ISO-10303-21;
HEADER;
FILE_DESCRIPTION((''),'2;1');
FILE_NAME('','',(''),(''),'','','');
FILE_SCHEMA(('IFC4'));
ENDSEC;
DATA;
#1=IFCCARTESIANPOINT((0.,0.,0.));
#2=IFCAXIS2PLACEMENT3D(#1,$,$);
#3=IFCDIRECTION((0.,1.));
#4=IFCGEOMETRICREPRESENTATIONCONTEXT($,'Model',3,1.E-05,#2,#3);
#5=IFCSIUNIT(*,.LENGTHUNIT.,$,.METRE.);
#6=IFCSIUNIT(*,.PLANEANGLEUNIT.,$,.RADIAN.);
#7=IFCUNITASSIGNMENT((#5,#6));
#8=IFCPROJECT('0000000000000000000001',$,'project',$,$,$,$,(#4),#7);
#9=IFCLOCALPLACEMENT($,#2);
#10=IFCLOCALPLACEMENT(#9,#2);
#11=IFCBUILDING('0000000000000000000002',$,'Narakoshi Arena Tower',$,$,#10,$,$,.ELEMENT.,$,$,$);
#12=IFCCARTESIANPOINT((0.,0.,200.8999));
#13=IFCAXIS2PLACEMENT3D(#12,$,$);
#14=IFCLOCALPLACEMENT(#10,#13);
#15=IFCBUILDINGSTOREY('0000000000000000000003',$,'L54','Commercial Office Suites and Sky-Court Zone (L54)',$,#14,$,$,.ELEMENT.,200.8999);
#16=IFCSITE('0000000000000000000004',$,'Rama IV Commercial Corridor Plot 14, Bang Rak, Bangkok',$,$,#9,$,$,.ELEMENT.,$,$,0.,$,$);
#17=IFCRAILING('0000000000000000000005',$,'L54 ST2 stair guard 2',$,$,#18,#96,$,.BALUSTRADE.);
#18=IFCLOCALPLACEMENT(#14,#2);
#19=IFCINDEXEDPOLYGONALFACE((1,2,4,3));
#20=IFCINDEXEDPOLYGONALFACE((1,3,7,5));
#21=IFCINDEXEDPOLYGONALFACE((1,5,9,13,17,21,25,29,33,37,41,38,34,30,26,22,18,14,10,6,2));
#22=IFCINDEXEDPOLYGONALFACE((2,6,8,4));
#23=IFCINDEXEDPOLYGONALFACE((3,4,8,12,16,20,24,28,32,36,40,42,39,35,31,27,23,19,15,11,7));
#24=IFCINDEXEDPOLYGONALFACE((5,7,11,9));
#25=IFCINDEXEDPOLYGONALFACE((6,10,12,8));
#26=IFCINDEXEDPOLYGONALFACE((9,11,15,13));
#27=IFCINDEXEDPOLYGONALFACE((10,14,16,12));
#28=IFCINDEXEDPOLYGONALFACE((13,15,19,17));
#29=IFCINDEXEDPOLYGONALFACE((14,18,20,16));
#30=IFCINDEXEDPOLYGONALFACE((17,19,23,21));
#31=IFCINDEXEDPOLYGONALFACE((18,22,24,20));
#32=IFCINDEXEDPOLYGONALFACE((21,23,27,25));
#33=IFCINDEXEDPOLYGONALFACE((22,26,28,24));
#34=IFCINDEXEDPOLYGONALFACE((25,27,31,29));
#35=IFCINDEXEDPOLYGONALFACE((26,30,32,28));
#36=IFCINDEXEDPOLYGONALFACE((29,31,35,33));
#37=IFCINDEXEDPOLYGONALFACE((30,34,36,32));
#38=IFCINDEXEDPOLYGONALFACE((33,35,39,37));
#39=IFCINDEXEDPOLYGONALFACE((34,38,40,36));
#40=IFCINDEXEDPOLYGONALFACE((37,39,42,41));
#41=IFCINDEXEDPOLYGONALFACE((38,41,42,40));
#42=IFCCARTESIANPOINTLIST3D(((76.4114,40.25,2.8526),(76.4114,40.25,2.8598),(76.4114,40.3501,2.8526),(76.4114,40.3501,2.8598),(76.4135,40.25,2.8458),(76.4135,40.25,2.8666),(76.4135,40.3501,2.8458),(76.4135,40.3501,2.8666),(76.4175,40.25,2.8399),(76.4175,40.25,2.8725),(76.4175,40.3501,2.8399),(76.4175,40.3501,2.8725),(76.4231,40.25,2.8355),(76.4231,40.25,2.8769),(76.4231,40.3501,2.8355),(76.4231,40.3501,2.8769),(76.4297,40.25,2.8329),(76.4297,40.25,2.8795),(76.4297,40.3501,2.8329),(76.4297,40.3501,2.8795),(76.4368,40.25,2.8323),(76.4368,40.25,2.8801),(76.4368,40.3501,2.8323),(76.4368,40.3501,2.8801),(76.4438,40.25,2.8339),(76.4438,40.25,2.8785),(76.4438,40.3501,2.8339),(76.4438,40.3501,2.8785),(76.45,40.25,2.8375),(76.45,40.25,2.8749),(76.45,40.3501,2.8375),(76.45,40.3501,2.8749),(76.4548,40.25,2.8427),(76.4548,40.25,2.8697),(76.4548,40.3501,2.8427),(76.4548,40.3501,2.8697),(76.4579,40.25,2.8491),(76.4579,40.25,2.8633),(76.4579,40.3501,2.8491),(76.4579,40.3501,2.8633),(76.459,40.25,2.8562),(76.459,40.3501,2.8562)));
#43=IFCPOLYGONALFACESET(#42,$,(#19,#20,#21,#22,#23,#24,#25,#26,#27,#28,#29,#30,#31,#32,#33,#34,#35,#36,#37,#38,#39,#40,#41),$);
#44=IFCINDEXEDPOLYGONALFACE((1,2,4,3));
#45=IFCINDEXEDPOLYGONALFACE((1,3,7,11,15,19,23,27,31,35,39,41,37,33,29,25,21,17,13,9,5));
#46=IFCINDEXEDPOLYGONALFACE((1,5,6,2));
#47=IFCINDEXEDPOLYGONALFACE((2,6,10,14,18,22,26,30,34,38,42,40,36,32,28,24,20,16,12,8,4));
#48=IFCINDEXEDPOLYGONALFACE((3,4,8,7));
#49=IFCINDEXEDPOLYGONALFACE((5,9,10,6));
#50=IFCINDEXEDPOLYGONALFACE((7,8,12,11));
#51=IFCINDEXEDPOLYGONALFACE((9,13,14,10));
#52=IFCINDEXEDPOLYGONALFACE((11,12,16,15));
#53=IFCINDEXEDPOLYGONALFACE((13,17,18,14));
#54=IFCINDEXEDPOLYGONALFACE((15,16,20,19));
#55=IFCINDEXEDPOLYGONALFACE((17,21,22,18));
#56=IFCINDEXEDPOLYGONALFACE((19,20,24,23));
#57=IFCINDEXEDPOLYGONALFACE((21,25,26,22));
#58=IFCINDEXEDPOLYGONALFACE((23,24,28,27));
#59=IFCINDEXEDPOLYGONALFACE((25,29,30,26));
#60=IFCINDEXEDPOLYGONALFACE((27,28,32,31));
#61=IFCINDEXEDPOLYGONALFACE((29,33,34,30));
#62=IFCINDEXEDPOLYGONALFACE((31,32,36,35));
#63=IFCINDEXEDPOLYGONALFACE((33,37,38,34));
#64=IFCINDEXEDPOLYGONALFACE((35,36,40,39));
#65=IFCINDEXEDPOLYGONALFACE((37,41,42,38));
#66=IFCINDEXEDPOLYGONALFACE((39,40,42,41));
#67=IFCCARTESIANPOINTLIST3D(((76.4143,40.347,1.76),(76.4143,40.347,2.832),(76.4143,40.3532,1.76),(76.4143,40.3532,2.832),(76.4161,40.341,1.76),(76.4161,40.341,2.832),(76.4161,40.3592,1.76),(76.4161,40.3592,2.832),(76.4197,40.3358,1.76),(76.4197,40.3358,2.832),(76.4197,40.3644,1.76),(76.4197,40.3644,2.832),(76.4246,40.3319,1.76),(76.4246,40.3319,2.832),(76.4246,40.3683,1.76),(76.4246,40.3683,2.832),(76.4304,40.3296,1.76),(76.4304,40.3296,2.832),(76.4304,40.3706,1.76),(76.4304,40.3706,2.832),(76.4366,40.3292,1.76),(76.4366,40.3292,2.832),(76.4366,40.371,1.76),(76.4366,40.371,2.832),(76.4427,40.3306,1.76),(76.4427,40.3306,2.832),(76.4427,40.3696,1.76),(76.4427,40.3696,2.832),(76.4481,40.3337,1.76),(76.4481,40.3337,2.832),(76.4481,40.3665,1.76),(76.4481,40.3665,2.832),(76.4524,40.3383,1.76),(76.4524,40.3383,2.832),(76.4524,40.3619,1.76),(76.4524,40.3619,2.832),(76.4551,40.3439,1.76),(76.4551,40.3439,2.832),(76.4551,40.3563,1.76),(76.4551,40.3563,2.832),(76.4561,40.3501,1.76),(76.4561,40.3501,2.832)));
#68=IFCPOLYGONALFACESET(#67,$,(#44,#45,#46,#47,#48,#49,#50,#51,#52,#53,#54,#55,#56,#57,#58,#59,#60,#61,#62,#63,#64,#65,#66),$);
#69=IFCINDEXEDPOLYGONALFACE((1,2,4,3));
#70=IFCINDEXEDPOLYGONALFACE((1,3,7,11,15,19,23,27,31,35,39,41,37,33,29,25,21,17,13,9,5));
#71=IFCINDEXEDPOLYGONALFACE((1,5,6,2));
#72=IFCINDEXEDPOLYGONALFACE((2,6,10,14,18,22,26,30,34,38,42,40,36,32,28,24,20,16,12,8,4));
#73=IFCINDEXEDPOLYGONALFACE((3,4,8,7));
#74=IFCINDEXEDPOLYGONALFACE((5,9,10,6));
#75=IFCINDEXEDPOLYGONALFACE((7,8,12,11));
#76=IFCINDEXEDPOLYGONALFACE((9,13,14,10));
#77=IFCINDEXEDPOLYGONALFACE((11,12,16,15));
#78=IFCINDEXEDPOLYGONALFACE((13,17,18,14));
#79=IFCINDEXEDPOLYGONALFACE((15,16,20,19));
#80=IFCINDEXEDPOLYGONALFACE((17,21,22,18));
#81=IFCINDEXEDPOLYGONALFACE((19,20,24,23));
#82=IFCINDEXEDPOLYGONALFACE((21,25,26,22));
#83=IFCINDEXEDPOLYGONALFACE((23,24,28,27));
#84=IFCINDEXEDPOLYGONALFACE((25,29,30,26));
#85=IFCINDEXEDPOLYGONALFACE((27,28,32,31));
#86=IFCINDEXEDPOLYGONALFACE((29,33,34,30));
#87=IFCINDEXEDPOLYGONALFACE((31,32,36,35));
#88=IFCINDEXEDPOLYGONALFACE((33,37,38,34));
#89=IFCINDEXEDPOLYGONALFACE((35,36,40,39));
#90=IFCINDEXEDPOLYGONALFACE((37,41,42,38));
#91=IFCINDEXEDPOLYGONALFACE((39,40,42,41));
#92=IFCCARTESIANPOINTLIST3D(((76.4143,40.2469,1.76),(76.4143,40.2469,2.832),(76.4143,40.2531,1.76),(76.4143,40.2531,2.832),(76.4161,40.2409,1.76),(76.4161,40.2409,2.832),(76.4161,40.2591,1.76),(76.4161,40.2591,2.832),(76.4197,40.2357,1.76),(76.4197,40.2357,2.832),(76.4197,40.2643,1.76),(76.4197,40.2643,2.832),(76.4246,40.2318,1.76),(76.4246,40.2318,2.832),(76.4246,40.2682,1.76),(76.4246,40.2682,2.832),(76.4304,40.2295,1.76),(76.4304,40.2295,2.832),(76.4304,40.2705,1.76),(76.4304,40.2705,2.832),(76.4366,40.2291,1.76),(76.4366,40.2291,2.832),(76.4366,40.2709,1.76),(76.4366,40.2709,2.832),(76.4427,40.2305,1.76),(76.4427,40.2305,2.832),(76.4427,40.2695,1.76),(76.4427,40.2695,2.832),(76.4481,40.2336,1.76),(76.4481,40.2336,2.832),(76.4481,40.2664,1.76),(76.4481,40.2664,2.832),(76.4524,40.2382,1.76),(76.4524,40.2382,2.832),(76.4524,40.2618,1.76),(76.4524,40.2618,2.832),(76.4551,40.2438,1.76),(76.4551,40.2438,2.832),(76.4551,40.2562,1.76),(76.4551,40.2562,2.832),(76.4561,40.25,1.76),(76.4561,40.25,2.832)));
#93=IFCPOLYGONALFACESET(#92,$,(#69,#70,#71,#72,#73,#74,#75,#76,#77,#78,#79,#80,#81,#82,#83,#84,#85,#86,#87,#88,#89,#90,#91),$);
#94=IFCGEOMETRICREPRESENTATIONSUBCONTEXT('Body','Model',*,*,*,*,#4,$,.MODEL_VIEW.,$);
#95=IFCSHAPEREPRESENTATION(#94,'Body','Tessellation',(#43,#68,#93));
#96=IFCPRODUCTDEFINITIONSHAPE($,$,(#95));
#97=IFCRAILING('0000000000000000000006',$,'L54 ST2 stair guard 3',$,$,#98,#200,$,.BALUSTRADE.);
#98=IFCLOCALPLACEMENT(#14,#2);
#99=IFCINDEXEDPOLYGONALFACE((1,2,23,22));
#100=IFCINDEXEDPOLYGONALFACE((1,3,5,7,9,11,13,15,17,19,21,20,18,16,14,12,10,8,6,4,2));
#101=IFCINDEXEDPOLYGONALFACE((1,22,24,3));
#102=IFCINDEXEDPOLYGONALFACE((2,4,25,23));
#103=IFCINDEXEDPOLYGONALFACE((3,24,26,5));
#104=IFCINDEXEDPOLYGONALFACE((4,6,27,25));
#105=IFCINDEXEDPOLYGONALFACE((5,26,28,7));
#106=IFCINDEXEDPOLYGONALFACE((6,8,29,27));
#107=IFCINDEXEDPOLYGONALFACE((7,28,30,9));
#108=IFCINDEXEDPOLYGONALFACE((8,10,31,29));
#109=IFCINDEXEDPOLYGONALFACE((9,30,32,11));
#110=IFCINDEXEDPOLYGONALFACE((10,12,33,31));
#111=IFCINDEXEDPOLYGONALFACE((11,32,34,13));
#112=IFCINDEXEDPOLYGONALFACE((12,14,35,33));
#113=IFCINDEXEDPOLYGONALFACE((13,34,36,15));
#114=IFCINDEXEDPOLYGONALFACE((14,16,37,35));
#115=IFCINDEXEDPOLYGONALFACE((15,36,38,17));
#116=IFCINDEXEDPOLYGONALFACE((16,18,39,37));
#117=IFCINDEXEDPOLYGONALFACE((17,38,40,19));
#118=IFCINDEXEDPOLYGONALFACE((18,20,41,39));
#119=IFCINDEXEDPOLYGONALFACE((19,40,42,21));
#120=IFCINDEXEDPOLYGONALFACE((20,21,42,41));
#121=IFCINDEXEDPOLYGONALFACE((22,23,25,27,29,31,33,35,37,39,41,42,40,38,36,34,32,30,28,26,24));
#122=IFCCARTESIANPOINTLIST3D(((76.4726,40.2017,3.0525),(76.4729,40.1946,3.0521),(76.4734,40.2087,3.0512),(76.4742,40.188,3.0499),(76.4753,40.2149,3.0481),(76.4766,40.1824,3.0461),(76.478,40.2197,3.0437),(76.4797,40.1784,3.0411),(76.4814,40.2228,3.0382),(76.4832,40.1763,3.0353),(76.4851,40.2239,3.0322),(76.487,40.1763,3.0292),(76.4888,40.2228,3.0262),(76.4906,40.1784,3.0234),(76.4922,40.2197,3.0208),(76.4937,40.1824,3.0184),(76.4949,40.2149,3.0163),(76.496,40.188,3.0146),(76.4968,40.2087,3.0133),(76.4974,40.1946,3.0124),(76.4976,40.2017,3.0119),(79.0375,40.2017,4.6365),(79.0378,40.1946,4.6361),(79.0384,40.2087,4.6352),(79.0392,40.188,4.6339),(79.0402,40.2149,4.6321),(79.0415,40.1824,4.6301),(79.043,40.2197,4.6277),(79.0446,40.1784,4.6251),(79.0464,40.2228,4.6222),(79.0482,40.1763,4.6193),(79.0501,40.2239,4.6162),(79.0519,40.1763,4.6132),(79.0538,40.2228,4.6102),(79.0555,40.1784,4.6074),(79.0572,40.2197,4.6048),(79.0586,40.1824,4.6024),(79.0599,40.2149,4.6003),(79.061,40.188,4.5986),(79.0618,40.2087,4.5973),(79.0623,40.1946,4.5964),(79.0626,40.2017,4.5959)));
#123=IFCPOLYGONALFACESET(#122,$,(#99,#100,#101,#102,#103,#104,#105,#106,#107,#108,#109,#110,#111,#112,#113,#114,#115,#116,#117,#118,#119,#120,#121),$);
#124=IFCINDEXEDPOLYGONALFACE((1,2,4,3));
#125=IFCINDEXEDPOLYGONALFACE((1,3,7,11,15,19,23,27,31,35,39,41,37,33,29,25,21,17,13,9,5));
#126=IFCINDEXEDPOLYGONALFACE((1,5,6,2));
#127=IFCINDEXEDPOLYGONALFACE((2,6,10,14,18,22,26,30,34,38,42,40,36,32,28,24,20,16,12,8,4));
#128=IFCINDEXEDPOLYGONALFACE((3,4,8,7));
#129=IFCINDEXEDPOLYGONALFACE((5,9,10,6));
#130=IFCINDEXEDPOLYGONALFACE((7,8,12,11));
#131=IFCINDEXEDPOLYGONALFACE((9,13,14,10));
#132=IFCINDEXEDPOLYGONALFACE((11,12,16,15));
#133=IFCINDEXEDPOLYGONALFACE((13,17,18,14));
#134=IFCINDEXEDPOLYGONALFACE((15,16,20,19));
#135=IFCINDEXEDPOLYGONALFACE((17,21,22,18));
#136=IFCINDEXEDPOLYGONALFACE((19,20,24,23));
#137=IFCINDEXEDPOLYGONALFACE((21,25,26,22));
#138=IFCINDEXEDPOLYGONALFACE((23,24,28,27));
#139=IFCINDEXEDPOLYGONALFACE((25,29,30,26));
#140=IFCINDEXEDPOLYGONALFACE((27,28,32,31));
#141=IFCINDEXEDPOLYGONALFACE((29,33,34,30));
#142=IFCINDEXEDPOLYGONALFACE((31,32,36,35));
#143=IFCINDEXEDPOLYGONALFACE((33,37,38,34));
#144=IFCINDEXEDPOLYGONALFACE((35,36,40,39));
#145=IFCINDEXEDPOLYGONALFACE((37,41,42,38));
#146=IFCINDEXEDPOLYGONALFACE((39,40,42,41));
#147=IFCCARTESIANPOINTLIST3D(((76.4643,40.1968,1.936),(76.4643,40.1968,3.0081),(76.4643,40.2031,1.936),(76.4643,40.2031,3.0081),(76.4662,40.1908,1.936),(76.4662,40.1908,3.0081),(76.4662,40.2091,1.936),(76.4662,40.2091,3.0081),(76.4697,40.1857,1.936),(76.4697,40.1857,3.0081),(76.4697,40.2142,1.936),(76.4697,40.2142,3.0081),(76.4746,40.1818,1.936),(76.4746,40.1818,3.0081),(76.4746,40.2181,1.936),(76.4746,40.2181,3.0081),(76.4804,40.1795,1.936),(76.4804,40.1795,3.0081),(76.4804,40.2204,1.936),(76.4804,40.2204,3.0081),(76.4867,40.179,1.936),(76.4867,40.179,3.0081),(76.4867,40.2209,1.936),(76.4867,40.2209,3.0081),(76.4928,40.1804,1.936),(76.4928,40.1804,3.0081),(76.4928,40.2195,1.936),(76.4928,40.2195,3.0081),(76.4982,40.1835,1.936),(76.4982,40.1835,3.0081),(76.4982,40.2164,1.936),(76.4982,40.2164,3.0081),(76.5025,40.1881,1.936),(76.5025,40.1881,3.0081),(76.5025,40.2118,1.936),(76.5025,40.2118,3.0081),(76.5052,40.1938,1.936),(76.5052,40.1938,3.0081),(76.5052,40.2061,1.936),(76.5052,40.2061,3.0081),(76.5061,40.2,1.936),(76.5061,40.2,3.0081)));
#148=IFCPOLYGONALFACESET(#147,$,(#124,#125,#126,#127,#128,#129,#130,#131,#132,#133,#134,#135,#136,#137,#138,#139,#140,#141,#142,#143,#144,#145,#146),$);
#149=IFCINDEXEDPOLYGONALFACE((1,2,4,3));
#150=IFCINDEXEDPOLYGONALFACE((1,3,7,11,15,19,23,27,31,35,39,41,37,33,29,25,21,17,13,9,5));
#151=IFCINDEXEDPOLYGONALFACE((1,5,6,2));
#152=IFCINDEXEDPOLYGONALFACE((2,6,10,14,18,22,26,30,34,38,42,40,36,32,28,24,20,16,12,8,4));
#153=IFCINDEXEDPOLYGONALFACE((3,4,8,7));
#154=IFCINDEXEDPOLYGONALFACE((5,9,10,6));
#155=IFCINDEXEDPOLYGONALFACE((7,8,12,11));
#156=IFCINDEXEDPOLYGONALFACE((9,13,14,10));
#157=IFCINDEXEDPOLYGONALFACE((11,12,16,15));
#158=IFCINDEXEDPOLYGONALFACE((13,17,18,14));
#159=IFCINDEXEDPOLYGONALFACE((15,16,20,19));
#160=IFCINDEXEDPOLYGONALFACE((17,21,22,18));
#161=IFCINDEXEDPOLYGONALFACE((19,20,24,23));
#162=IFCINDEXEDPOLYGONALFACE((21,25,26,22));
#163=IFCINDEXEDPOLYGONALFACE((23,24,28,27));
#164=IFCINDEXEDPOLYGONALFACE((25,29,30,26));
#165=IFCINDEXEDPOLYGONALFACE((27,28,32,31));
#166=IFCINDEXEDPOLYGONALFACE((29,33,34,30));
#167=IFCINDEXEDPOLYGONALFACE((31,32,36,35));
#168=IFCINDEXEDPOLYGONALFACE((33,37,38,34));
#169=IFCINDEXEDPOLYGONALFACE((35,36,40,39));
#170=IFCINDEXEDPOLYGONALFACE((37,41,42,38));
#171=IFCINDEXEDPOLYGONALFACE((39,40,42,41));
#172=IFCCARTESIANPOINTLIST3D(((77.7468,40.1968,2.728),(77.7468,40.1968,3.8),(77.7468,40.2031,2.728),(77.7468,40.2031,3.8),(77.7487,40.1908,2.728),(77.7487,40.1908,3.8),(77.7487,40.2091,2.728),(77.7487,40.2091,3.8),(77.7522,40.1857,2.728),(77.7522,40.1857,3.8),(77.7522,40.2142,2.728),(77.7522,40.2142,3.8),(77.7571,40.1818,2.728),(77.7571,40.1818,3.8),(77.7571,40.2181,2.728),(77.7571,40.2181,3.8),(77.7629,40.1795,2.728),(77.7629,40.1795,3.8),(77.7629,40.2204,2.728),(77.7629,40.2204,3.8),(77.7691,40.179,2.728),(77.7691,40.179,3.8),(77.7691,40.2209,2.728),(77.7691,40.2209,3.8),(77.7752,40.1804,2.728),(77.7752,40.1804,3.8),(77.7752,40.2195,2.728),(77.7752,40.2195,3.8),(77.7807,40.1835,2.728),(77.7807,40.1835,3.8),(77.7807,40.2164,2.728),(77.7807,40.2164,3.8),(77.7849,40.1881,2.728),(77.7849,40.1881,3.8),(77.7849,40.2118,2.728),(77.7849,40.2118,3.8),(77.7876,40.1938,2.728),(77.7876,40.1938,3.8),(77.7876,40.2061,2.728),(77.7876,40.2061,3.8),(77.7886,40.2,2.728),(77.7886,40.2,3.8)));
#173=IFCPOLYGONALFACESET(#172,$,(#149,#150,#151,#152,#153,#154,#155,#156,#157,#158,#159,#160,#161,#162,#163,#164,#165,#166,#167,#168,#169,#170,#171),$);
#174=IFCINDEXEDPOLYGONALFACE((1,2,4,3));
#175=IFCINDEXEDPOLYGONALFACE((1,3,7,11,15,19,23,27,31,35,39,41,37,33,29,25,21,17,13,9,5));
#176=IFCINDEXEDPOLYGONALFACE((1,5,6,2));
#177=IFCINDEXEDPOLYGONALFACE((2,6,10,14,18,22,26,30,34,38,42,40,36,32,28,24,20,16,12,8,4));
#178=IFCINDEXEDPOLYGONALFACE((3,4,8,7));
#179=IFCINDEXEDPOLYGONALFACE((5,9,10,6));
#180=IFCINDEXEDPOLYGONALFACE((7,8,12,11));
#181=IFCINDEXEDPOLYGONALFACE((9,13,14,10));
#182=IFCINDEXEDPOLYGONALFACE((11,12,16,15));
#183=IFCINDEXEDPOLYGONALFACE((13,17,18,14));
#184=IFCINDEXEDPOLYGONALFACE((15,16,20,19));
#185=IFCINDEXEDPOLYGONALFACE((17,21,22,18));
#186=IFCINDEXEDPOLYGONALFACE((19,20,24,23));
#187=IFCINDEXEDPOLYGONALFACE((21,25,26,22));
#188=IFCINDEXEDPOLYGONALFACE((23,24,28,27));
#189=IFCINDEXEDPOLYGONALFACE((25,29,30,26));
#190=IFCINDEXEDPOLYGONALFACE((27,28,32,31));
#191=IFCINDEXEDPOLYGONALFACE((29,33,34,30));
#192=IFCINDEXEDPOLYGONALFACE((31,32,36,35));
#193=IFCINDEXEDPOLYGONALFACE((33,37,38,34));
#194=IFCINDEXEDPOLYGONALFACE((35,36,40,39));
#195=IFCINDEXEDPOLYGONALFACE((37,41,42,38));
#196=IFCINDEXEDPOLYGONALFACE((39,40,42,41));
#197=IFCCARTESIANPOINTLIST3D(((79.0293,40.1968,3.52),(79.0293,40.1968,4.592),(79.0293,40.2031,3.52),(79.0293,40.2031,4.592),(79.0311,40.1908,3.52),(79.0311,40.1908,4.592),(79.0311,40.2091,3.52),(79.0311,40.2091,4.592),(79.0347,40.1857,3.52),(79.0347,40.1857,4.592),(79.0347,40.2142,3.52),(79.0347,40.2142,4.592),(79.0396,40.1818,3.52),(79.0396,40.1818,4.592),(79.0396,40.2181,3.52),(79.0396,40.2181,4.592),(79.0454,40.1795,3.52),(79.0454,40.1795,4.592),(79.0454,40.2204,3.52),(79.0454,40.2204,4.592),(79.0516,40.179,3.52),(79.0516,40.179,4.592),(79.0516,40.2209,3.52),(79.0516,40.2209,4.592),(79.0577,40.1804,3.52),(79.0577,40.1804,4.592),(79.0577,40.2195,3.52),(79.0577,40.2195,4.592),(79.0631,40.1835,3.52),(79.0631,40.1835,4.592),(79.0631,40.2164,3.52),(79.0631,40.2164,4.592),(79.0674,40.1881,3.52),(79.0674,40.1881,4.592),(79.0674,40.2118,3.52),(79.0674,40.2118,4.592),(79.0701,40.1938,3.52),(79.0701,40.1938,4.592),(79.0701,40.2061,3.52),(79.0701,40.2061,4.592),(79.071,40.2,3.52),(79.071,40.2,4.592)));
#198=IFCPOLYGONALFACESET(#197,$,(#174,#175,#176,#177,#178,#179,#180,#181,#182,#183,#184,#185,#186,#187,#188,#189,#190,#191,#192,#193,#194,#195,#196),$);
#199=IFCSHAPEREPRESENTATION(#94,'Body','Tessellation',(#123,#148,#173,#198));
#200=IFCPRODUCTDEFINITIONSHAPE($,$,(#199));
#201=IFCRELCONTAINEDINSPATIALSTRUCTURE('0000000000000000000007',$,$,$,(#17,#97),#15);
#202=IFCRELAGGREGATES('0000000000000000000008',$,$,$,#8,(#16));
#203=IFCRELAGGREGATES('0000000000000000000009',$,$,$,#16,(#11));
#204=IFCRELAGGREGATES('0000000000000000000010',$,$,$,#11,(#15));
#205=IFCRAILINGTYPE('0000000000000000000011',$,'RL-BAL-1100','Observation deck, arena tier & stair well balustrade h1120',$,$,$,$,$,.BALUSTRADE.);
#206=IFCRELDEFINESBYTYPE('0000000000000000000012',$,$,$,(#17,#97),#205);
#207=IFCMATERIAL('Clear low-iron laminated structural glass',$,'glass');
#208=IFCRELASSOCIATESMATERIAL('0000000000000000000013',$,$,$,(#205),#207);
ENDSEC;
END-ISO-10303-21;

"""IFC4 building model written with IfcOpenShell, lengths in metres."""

from ifc_helpers import new_model, si_unit, direction, frame, origin, origin_2d, place, context, subcontext, project, spatial, circle, extrude, material, type_object, element, save


model = new_model("IFC4")

# Units and contexts
model_context = context("Model", 3, precision=1e-05, world=origin(), true_north=direction((0.0, 1.0)))
body_context = subcontext(model_context, "Body", "Model", "MODEL_VIEW")
ifc_project = project(units=[si_unit("LENGTHUNIT", "METRE"), si_unit("PLANEANGLEUNIT", "RADIAN")], contexts=[model_context])

# Site, building, storey
site_placement = place(None, origin())
site = spatial("IfcSite", under=ifc_project, at=site_placement, Name="Rama IV Commercial Corridor Plot 14, Bang Rak, Bangkok", CompositionType="ELEMENT", RefElevation=0.0)
building_placement = place(site_placement, origin())
building = spatial("IfcBuilding", under=site, at=building_placement, Name="Narakoshi Arena Tower", CompositionType="ELEMENT")
storey_placement = place(building_placement, frame((0.0, 0.0, 200.8999)))
storey = spatial("IfcBuildingStorey", under=building, at=storey_placement, Name="L54", Description="Commercial Office Suites and Sky-Court Zone (L54)", CompositionType="ELEMENT", Elevation=200.8999)

# Railings
ifc_material_1 = material(Name="Clear low-iron laminated structural glass", Category="glass")
railing_type_1 = type_object("IfcRailingType", Name="RL-BAL-1100", Description="Observation deck, arena tier & stair well balustrade h1120", PredefinedType="BALUSTRADE", material=ifc_material_1)
railing_1_placement = place(storey_placement, frame((76.4351, 40.3501, 1.76)))
element("IfcRailing", 1, at=railing_1_placement, inside=storey, type_object=railing_type_1, Name="L54 ST2 stair guard 2", PredefinedType="BALUSTRADE", context=body_context, shape_type="SweptSolid", body=[
    extrude(circle(Radius=0.0239, at=origin_2d()), frame((0.0, 0.0, 1.0962), z_axis=(0.0, -1.0, 0.0), x_axis=(1.0, 0.0, 0.0)), (0.0, 0.0, 1.0), 0.1001),
    extrude(circle(Radius=0.021, at=origin_2d()), origin(), (0.0, 0.0, 1.0), 1.072),
    extrude(circle(Radius=0.021, at=origin_2d()), frame((0.0, -0.1001, 0.0)), (0.0, 0.0, 1.0), 1.072),
])
railing_2_placement = place(storey_placement, frame((76.4851, 40.2, 1.936)))
element("IfcRailing", 2, at=railing_2_placement, inside=storey, type_object=railing_type_1, Name="L54 ST2 stair guard 3", PredefinedType="BALUSTRADE", context=body_context, shape_type="SweptSolid", body=[
    extrude(circle(Radius=0.0239, at=origin_2d()), frame((0.0, 0.0, 1.0962), z_axis=(0.850834, 0.0, 0.525434), x_axis=(0.0, 1.0, 0.0)), (0.0, 0.0, 1.0), 3.0146),
    extrude(circle(Radius=0.021, at=origin_2d()), origin(), (0.0, 0.0, 1.0), 1.072),
    extrude(circle(Radius=0.021, at=origin_2d()), frame((1.2825, 0.0, 0.792)), (0.0, 0.0, 1.0), 1.072),
    extrude(circle(Radius=0.021, at=origin_2d()), frame((2.5649, 0.0, 1.584)), (0.0, 0.0, 1.0), 1.072),
])

save(model, "model.ifc")
